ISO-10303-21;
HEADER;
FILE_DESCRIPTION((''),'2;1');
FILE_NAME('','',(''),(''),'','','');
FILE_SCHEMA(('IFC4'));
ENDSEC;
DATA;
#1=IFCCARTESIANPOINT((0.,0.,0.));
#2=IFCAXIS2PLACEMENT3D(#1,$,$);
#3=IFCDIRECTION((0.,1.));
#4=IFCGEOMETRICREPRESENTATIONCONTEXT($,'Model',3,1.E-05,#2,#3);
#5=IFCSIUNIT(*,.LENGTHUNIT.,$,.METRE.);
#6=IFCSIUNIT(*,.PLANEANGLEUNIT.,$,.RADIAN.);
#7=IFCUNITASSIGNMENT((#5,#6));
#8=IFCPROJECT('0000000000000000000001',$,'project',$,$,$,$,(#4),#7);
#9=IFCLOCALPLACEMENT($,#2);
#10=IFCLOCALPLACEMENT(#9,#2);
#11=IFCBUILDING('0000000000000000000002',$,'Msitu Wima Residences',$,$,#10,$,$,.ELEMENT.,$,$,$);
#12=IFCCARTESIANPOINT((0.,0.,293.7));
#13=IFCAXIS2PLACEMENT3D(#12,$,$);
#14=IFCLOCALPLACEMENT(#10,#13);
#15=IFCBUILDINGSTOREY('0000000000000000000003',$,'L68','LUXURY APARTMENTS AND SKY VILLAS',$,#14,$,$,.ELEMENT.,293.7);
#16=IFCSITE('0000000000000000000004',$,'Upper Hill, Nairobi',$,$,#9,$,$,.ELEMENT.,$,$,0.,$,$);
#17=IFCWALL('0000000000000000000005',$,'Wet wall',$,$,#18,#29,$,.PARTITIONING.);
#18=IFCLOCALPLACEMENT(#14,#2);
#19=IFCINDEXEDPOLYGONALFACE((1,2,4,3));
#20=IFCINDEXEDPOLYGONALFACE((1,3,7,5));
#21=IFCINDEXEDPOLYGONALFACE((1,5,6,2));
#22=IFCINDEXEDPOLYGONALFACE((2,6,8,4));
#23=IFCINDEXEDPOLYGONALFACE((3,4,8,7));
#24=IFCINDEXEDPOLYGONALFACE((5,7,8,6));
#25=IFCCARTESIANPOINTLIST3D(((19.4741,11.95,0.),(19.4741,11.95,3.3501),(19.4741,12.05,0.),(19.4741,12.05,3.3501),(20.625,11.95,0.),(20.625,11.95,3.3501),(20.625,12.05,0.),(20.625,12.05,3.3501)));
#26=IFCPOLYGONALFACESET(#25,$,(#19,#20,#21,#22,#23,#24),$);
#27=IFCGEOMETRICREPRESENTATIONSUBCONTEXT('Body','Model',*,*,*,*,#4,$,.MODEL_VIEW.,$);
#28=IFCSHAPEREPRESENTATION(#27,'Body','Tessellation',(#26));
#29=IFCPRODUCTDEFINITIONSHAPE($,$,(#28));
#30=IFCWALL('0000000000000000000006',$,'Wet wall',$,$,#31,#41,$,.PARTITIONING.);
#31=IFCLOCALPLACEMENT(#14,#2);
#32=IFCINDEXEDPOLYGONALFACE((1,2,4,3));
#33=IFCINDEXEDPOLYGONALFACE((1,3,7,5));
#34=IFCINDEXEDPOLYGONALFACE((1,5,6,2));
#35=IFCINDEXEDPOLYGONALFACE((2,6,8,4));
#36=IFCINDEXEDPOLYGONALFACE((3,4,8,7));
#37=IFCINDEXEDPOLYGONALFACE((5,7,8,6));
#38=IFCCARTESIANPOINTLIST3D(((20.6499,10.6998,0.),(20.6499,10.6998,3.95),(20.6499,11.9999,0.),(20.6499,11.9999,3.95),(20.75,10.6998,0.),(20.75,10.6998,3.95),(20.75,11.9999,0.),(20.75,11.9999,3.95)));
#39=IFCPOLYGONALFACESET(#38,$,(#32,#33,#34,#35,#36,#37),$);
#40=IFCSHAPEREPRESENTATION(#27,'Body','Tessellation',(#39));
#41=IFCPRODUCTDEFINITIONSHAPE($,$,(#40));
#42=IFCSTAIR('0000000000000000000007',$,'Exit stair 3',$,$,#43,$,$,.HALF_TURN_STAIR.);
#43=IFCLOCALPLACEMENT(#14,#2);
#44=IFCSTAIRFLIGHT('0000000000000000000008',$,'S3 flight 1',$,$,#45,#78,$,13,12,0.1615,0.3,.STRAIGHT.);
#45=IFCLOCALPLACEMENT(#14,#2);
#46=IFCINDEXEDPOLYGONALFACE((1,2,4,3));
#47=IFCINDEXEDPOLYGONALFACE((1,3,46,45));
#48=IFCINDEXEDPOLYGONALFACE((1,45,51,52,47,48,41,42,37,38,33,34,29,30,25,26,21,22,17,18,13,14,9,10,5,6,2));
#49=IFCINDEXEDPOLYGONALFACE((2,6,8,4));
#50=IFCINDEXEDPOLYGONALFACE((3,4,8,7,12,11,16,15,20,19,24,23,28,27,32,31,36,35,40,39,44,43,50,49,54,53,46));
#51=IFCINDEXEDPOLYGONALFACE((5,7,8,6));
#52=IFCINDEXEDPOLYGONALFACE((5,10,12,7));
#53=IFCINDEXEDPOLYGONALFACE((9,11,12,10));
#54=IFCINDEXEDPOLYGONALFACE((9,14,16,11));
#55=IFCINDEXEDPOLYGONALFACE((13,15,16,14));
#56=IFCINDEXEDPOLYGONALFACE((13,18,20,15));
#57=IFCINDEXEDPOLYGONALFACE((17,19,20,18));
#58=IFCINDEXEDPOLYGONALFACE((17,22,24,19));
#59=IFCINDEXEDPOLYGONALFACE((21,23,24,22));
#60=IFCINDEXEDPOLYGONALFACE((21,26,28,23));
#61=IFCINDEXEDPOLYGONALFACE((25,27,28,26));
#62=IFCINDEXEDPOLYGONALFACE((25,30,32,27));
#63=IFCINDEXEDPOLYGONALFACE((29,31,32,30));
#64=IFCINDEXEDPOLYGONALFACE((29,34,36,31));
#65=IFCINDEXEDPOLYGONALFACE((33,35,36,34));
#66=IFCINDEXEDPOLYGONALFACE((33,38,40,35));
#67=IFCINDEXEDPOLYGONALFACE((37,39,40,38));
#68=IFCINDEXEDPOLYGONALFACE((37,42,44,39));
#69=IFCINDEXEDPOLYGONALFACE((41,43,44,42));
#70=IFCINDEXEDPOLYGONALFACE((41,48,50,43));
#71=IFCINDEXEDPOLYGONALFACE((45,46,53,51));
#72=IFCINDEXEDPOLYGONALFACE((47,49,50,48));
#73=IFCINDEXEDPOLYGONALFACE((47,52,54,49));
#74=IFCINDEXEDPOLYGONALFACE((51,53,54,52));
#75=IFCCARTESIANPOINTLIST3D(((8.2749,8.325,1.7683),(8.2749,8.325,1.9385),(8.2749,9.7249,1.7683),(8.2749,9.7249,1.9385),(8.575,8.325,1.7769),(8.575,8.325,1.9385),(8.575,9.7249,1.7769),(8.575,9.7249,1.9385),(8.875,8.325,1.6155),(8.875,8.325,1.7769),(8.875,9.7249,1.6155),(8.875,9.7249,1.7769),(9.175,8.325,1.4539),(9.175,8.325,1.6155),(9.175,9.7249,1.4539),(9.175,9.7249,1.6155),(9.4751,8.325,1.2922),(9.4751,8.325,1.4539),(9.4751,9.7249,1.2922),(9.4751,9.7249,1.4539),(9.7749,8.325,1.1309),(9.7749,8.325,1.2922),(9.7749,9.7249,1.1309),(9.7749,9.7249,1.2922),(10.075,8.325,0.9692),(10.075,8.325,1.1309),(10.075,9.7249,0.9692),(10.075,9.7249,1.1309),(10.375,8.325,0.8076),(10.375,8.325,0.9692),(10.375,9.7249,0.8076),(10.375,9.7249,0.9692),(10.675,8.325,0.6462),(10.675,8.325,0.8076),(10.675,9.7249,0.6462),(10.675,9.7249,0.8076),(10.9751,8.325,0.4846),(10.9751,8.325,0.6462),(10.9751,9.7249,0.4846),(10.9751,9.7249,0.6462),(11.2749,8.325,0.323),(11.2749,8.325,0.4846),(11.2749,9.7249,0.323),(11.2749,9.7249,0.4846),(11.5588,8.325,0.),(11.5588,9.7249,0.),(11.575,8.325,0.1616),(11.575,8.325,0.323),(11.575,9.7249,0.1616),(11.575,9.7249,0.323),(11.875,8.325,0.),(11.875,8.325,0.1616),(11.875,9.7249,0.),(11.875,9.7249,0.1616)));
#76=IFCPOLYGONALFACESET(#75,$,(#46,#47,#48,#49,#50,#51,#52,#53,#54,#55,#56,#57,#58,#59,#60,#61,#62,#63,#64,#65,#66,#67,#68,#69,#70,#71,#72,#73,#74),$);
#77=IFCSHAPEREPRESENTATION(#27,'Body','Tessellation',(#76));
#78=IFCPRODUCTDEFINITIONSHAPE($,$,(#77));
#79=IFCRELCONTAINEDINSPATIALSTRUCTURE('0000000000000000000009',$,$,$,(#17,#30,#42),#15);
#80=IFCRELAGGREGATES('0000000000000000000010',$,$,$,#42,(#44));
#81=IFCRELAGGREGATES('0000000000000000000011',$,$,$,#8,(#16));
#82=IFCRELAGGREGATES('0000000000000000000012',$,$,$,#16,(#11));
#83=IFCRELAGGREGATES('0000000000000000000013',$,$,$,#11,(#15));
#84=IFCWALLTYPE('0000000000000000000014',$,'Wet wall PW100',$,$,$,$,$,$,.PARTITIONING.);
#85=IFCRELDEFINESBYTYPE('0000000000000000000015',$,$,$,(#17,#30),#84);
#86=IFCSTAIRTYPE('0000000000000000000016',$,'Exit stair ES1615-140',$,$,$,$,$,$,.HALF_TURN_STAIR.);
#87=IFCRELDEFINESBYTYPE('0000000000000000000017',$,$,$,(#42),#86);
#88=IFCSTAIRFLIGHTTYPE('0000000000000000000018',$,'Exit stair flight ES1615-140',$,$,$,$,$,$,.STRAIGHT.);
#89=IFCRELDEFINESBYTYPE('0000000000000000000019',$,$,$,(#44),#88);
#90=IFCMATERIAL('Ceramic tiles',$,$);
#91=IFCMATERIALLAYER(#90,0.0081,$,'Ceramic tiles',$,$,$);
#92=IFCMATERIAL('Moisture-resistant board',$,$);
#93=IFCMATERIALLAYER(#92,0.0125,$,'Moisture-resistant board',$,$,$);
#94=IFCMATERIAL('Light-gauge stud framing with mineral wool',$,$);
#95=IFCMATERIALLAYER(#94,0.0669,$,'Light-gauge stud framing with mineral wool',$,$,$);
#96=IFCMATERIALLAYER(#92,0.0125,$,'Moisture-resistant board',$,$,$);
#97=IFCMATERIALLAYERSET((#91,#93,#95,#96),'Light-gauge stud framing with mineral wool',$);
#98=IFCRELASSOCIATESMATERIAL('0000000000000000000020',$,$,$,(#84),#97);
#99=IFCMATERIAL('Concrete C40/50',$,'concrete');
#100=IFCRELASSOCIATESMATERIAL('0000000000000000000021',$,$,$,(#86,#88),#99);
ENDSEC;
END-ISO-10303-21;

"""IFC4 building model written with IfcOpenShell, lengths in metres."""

from ifc_helpers import new_model, si_unit, direction, frame, frame_2d, origin, place, context, subcontext, project, spatial, polyline, rectangle, outline, extrude, material, layer, layer_set, type_object, element, aggregate, save


model = new_model("IFC4")

# Units and contexts
model_context = context("Model", 3, precision=1e-05, world=origin(), true_north=direction((0.0, 1.0)))
body_context = subcontext(model_context, "Body", "Model", "MODEL_VIEW")
ifc_project = project(units=[si_unit("LENGTHUNIT", "METRE"), si_unit("PLANEANGLEUNIT", "RADIAN")], contexts=[model_context])

# Site, building, storey
site_placement = place(None, origin())
site = spatial("IfcSite", under=ifc_project, at=site_placement, Name="Upper Hill, Nairobi", CompositionType="ELEMENT", RefElevation=0.0)
building_placement = place(site_placement, origin())
building = spatial("IfcBuilding", under=site, at=building_placement, Name="Msitu Wima Residences", CompositionType="ELEMENT")
storey_placement = place(building_placement, frame((0.0, 0.0, 293.7)))
storey = spatial("IfcBuildingStorey", under=building, at=storey_placement, Name="L68", Description="LUXURY APARTMENTS AND SKY VILLAS", CompositionType="ELEMENT", Elevation=293.7)

# Shared definitions
ifc_material_1 = material(Name="Ceramic tiles")
ifc_layer_1 = layer(ifc_material_1, 0.0081, Name="Ceramic tiles")
ifc_material_2 = material(Name="Moisture-resistant board")
ifc_layer_2 = layer(ifc_material_2, 0.0125, Name="Moisture-resistant board")
ifc_material_3 = material(Name="Light-gauge stud framing with mineral wool")
ifc_layer_3 = layer(ifc_material_3, 0.0669, Name="Light-gauge stud framing with mineral wool")
ifc_layer_4 = layer(ifc_material_2, 0.0125, Name="Moisture-resistant board")
ifc_layer_set_1 = layer_set([ifc_layer_1, ifc_layer_2, ifc_layer_3, ifc_layer_4], Name="Light-gauge stud framing with mineral wool")
wall_type_1 = type_object("IfcWallType", Name="Wet wall PW100", PredefinedType="PARTITIONING", material=ifc_layer_set_1)

# Walls
wall_1_placement = place(storey_placement, frame((19.4741, 12.0, 0.0), z_axis=(0.0, 0.0, 1.0), x_axis=(1.0, 0.0, 0.0)))
element("IfcWall", 1, at=wall_1_placement, inside=storey, type_object=wall_type_1, Name="Wet wall", PredefinedType="PARTITIONING", context=body_context, shape_type="SweptSolid", body=[
    extrude(rectangle(XDim=1.1509, YDim=0.1001, at=frame_2d((0.5754, 0.0))), origin(), (0.0, 0.0, 1.0), 3.3501),
])
wall_2_placement = place(storey_placement, frame((20.7, 10.7, 0.0), z_axis=(0.0, 0.0, 1.0), x_axis=(0.0, 1.0, 0.0)))
element("IfcWall", 2, at=wall_2_placement, inside=storey, type_object=wall_type_1, Name="Wet wall", PredefinedType="PARTITIONING", context=body_context, shape_type="SweptSolid", body=[
    extrude(rectangle(XDim=1.3, YDim=0.1001, at=frame_2d((0.6499, 0.0))), origin(), (0.0, 0.0, 1.0), 3.95),
])

# Stair, stair flight
ifc_material_4 = material(Name="Concrete C40/50", Category="concrete")
stair_type = type_object("IfcStairType", Name="Exit stair ES1615-140", PredefinedType="HALF_TURN_STAIR", material=ifc_material_4)
stair_placement = place(storey_placement, origin())
stair = element("IfcStair", 3, at=stair_placement, inside=storey, type_object=stair_type, Name="Exit stair 3", PredefinedType="HALF_TURN_STAIR")
stair_flight_type = type_object("IfcStairFlightType", Name="Exit stair flight ES1615-140", PredefinedType="STRAIGHT", material=ifc_material_4)
stair_flight_placement = place(storey_placement, frame((11.875, 9.0249, 0.0), z_axis=(0.0, 0.0, 1.0), x_axis=(-1.0, 0.0, 0.0)))
stair_flight = element("IfcStairFlight", 4, at=stair_flight_placement, type_object=stair_flight_type, Name="S3 flight 1", NumberOfRisers=13, NumberOfTreads=12, PredefinedType="STRAIGHT", RiserHeight=0.1615, TreadLength=0.3, context=body_context, shape_type="SweptSolid", body=[
    extrude(outline(polyline([(0.0, 0.0), (0.0, 0.1616), (0.3, 0.1616), (0.3, 0.323), (0.6001, 0.323), (0.6001, 0.4846), (0.8999, 0.4846), (0.8999, 0.6462), (1.2, 0.6462), (1.2, 0.8076), (1.5, 0.8076), (1.5, 0.9692), (1.8, 0.9692), (1.8, 1.1309), (2.1001, 1.1309), (2.1001, 1.2922), (2.3999, 1.2922), (2.3999, 1.4539), (2.7, 1.4539), (2.7, 1.6155), (3.0, 1.6155), (3.0, 1.7769), (3.3, 1.7769), (3.3, 1.9385), (3.6001, 1.9385), (3.6001, 2.1001), (3.6001, 1.7683), (0.3162, 0.0), (0.0, 0.0)])), frame((0.0, 0.7, 0.0), z_axis=(0.0, -1.0, 0.0), x_axis=(1.0, 0.0, 0.0)), (0.0, 0.0, 1.0), 1.3999),
])
aggregate(stair, [stair_flight])

save(model, "model.ifc")
